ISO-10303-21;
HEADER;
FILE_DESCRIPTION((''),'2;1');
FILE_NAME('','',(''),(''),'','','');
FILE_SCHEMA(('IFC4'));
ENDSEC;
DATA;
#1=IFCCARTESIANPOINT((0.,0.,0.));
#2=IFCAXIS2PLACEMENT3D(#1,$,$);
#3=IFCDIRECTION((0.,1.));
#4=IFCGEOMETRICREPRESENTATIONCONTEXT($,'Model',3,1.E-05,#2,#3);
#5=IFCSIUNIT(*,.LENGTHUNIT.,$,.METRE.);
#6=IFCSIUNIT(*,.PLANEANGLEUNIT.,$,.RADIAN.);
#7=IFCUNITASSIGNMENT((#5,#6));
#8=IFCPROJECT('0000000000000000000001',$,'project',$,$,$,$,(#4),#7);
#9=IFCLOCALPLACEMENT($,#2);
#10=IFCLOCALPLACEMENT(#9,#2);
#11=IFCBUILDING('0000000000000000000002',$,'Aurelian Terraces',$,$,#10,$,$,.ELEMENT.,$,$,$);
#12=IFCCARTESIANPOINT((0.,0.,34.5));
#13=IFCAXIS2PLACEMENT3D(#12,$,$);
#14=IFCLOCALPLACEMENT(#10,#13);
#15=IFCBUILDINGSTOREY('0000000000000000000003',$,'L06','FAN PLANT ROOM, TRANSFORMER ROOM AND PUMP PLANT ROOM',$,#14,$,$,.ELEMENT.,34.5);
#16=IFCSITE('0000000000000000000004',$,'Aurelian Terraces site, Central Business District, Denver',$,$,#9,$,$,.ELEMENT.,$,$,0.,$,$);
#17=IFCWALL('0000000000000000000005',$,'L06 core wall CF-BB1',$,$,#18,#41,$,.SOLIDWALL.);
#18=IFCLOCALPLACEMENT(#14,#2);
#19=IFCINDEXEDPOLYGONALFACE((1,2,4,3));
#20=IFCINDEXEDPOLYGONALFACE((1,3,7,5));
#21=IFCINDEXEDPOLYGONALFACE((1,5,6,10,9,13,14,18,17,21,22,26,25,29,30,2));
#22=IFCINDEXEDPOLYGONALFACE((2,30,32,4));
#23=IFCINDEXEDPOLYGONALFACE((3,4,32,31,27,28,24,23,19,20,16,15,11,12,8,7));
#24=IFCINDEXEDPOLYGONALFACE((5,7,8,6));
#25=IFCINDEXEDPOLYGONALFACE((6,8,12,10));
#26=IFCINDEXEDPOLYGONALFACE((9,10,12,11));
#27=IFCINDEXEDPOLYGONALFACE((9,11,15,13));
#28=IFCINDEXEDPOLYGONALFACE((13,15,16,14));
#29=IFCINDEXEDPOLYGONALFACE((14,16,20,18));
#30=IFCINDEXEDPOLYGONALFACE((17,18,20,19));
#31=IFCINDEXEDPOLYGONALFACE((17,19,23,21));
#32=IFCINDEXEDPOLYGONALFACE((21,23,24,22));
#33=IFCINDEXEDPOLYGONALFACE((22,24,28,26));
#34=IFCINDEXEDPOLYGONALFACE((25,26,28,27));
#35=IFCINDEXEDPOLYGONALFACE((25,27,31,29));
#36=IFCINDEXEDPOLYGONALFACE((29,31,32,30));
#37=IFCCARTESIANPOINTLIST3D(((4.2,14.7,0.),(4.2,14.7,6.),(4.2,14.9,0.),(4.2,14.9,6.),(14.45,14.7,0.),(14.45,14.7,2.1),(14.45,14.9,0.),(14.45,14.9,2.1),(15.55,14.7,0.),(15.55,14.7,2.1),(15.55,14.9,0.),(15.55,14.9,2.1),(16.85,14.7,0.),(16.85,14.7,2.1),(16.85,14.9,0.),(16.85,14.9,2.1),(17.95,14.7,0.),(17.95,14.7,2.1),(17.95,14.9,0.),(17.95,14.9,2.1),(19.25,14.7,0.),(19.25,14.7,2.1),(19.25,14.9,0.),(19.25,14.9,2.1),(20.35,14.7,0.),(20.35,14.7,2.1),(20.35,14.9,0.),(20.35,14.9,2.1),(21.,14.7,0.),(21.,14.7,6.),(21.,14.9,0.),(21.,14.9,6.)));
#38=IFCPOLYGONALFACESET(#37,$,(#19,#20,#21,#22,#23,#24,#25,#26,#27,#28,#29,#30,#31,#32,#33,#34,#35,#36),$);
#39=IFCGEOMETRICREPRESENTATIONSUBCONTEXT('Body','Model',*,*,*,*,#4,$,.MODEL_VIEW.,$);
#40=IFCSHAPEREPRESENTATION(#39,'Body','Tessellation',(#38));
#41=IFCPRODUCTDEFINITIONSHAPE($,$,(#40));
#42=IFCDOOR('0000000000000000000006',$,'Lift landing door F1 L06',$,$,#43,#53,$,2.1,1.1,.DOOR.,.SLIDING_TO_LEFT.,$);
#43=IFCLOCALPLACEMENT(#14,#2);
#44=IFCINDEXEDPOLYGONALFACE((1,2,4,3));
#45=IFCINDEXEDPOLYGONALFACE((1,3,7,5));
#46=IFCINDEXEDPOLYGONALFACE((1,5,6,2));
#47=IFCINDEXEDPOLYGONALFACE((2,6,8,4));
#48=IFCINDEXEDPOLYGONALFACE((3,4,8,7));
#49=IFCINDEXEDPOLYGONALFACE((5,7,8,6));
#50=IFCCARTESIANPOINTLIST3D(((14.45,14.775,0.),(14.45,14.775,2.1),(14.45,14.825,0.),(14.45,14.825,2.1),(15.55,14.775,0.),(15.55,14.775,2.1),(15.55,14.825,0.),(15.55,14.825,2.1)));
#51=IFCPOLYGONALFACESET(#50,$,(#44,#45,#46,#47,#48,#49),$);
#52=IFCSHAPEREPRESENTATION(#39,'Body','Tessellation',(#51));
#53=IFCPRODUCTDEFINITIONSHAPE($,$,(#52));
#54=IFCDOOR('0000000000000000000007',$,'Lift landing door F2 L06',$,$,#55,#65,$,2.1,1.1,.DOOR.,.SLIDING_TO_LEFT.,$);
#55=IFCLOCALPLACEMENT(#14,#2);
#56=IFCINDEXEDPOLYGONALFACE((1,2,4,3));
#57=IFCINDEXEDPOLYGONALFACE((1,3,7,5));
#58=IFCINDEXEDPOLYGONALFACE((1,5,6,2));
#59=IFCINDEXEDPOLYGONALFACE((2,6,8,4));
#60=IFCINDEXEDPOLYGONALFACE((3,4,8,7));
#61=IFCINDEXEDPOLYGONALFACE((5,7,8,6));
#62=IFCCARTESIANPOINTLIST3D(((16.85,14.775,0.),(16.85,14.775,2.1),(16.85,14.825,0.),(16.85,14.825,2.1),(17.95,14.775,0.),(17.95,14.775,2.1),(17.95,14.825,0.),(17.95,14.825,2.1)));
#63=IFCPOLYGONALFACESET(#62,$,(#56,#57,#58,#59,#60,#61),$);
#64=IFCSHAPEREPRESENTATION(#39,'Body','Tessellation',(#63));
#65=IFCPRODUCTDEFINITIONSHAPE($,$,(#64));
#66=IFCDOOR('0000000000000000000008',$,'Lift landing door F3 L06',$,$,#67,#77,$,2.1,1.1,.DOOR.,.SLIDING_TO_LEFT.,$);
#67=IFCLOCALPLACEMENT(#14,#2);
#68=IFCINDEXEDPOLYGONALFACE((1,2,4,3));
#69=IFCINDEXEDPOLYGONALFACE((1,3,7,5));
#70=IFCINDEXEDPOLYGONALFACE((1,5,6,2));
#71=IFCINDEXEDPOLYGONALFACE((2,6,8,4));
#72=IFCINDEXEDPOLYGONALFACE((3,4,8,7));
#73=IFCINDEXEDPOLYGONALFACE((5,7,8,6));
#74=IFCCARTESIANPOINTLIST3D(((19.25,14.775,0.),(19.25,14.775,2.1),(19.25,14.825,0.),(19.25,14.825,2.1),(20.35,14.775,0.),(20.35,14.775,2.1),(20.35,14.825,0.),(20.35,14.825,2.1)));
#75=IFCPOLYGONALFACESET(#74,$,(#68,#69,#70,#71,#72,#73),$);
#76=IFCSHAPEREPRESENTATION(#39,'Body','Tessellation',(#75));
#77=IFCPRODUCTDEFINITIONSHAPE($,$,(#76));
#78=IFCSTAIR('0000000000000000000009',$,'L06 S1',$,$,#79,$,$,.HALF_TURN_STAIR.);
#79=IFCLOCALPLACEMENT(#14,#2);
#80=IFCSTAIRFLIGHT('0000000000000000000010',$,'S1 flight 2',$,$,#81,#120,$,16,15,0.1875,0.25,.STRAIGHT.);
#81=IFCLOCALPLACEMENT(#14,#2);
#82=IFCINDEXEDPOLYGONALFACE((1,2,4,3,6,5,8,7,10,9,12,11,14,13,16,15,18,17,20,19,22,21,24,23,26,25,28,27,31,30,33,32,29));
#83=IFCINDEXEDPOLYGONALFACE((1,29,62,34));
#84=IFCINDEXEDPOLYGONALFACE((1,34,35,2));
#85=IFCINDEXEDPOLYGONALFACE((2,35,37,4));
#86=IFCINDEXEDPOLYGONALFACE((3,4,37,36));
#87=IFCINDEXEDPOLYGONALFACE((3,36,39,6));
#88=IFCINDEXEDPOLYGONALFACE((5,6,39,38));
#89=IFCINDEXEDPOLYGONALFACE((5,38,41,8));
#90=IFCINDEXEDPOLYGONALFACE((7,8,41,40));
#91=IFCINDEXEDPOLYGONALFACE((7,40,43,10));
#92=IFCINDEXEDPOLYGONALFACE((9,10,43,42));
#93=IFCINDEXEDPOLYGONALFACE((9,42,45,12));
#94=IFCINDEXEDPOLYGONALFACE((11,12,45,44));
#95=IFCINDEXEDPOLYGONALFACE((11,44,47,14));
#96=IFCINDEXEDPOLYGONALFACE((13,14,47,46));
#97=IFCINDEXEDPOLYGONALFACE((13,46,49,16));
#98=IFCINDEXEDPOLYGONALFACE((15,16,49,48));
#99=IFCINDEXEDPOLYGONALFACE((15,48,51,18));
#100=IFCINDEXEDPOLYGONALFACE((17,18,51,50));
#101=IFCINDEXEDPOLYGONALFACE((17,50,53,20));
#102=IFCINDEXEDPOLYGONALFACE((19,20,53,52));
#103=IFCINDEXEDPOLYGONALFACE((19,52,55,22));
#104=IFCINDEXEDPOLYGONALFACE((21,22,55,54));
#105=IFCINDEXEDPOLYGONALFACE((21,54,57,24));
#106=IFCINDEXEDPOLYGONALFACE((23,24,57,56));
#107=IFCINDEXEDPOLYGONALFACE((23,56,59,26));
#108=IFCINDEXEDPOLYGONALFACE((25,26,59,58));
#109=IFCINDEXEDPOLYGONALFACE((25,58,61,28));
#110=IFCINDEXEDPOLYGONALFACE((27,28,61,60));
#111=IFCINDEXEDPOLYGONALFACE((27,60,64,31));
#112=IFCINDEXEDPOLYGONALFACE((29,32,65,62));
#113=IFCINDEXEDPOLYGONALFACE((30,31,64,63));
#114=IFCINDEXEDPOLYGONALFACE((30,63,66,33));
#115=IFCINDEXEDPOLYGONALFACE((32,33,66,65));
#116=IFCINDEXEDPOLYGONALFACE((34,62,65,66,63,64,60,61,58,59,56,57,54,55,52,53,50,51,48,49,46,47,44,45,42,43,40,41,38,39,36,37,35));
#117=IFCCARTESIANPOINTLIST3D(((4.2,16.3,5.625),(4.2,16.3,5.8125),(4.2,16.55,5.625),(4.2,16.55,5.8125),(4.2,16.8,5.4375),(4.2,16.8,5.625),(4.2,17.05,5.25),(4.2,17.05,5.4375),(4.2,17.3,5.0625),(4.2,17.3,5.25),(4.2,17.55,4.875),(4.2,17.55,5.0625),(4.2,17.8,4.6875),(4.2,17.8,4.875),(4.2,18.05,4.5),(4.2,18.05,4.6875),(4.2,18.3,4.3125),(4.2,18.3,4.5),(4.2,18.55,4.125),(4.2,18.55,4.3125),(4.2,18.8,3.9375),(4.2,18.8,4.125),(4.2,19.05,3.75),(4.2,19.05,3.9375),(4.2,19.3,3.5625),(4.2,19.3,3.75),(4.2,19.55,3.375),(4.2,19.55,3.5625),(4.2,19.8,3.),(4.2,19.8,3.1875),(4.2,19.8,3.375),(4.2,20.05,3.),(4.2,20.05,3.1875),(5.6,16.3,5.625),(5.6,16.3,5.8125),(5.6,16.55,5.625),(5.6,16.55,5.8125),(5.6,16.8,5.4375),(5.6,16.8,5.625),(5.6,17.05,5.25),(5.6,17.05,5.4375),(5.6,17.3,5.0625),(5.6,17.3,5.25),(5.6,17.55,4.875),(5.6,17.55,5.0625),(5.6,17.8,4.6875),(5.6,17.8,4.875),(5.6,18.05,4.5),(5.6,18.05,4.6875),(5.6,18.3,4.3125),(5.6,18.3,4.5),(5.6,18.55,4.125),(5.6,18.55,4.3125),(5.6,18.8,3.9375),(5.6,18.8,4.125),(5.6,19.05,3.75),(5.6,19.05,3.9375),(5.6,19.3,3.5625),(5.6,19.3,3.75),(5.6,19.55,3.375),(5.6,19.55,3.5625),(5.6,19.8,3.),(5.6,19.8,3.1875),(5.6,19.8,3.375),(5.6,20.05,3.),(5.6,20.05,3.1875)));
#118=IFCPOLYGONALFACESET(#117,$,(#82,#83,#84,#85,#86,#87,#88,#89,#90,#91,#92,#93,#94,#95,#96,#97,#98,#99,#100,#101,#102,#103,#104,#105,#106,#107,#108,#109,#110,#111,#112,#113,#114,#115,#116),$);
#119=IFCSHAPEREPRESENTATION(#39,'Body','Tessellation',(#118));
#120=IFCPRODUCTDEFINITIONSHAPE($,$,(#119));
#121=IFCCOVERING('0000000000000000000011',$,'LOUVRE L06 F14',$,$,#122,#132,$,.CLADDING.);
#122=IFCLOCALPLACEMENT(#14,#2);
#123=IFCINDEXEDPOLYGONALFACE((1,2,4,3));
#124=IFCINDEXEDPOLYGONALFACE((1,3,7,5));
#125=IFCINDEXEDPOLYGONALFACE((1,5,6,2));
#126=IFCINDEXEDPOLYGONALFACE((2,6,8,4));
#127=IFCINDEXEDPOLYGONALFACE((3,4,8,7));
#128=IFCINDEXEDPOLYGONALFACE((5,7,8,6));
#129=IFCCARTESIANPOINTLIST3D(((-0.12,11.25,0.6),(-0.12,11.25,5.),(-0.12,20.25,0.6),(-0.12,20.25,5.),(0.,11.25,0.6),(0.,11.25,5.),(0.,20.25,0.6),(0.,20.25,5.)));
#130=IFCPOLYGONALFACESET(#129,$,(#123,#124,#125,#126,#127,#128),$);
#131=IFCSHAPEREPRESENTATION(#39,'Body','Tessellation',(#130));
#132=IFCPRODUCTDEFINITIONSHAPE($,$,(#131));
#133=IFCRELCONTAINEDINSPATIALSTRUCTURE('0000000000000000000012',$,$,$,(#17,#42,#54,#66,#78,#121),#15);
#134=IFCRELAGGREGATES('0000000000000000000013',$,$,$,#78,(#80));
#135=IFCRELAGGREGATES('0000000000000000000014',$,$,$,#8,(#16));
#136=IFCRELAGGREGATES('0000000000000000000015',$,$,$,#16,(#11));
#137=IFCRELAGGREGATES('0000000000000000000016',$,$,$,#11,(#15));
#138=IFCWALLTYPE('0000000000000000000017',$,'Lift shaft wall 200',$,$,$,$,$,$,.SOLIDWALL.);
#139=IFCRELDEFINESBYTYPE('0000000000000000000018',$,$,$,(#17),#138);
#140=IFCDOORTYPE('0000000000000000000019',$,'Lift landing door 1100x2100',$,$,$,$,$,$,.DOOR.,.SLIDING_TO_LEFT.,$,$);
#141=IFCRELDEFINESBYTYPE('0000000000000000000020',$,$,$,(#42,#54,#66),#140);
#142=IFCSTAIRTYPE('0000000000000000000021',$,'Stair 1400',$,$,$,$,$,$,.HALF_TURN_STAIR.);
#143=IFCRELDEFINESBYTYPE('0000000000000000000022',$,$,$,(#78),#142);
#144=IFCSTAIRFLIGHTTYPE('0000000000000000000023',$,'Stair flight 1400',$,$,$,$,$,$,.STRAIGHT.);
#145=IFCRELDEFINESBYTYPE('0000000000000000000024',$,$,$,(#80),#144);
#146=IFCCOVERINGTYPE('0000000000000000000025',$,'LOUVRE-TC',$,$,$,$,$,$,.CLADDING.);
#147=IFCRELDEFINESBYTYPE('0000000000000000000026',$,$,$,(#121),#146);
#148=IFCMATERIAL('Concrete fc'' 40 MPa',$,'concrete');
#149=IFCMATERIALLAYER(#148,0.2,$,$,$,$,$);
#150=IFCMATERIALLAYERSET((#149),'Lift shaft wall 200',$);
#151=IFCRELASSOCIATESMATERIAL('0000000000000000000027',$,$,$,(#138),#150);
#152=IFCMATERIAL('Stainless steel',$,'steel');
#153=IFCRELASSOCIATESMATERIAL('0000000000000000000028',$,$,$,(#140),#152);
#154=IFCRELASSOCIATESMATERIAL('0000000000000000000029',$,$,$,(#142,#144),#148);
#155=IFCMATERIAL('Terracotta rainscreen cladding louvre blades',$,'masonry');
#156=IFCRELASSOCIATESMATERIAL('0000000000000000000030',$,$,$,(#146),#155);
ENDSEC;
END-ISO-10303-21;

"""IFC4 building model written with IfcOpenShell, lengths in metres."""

from ifc_helpers import new_model, si_unit, direction, frame, frame_2d, origin, origin_2d, place, context, subcontext, project, spatial, polyline, rectangle, outline, extrude, source, transform, mapped, material, layer, layer_set, type_object, element, fill, aggregate, save


model = new_model("IFC4")

# Units and contexts
model_context = context("Model", 3, precision=1e-05, world=origin(), true_north=direction((0.0, 1.0)))
body_context = subcontext(model_context, "Body", "Model", "MODEL_VIEW")
ifc_project = project(units=[si_unit("LENGTHUNIT", "METRE"), si_unit("PLANEANGLEUNIT", "RADIAN")], contexts=[model_context])

# Site, building, storey
site_placement = place(None, origin())
site = spatial("IfcSite", under=ifc_project, at=site_placement, Name="Aurelian Terraces site, Central Business District, Denver", CompositionType="ELEMENT", RefElevation=0.0)
building_placement = place(site_placement, origin())
building = spatial("IfcBuilding", under=site, at=building_placement, Name="Aurelian Terraces", CompositionType="ELEMENT")
storey_placement = place(building_placement, frame((0.0, 0.0, 34.5)))
storey = spatial("IfcBuildingStorey", under=building, at=storey_placement, Name="L06", Description="FAN PLANT ROOM, TRANSFORMER ROOM AND PUMP PLANT ROOM", CompositionType="ELEMENT", Elevation=34.5)

# Wall, openings, doors
ifc_material_1 = material(Name="Concrete fc' 40 MPa", Category="concrete")
ifc_layer_1 = layer(ifc_material_1, 0.2)
ifc_layer_set_1 = layer_set([ifc_layer_1], Name="Lift shaft wall 200")
wall_type_1 = type_object("IfcWallType", Name="Lift shaft wall 200", PredefinedType="SOLIDWALL", material=ifc_layer_set_1)
shared_shape_1 = source(origin(), body_context, "Body", "SweptSolid", [
    extrude(rectangle(XDim=16.8, YDim=0.2, at=frame_2d((8.4, 0.0))), origin(), (0.0, 0.0, 1.0), 6.0),
])
shared_shape_2 = source(origin(), body_context, "Body", "SweptSolid", [
    extrude(rectangle(XDim=1.1, YDim=2.1, at=frame_2d((0.55, 1.05))), frame((0.0, 0.11, 0.0), z_axis=(0.0, -1.0, 0.0), x_axis=(1.0, 0.0, 0.0)), (0.0, 0.0, 1.0), 0.22),
])
ifc_material_2 = material(Name="Stainless steel", Category="steel")
door_type_1 = type_object("IfcDoorType", Name="Lift landing door 1100x2100", OperationType="SLIDING_TO_LEFT", PredefinedType="DOOR", material=ifc_material_2)
shared_shape_3 = source(origin(), body_context, "Body", "SweptSolid", [
    extrude(rectangle(XDim=1.1, YDim=2.1, at=frame_2d((0.55, 1.05))), frame((0.0, 0.025, 0.0), z_axis=(0.0, -1.0, 0.0), x_axis=(1.0, 0.0, 0.0)), (0.0, 0.0, 1.0), 0.05),
])
wall_1_placement = place(storey_placement, frame((4.2, 14.8, 0.0), z_axis=(0.0, 0.0, 1.0), x_axis=(1.0, 0.0, 0.0)))
wall_1 = element("IfcWall", 1, at=wall_1_placement, inside=storey, type_object=wall_type_1, Name="L06 core wall CF-BB1", PredefinedType="SOLIDWALL", context=body_context, shape_type="MappedRepresentation", body=[
    mapped(shared_shape_1, transform((0.0, 0.0, 0.0), scale=1.0)),
])
opening_1_placement = place(wall_1_placement, frame((10.25, 0.0, 0.0)))
opening_1 = element("IfcOpeningElement", 2, at=opening_1_placement, cuts=wall_1, PredefinedType="OPENING", context=body_context, shape_type="MappedRepresentation", body=[
    mapped(shared_shape_2, transform((0.0, 0.0, 0.0), scale=1.0)),
])
opening_2_placement = place(wall_1_placement, frame((12.65, 0.0, 0.0)))
opening_2 = element("IfcOpeningElement", 3, at=opening_2_placement, cuts=wall_1, PredefinedType="OPENING", context=body_context, shape_type="MappedRepresentation", body=[
    mapped(shared_shape_2, transform((0.0, 0.0, 0.0), scale=1.0)),
])
opening_3_placement = place(wall_1_placement, frame((15.05, 0.0, 0.0)))
opening_3 = element("IfcOpeningElement", 4, at=opening_3_placement, cuts=wall_1, PredefinedType="OPENING", context=body_context, shape_type="MappedRepresentation", body=[
    mapped(shared_shape_2, transform((0.0, 0.0, 0.0), scale=1.0)),
])
door_1_placement = place(opening_1_placement, origin())
door_1 = element("IfcDoor", 5, at=door_1_placement, inside=storey, type_object=door_type_1, Name="Lift landing door F1 L06", OperationType="SLIDING_TO_LEFT", OverallHeight=2.1, OverallWidth=1.1, PredefinedType="DOOR", context=body_context, shape_type="MappedRepresentation", body=[
    mapped(shared_shape_3, transform((0.0, 0.0, 0.0), scale=1.0)),
])
fill(opening_1, door_1)
door_2_placement = place(opening_2_placement, origin())
door_2 = element("IfcDoor", 6, at=door_2_placement, inside=storey, type_object=door_type_1, Name="Lift landing door F2 L06", OperationType="SLIDING_TO_LEFT", OverallHeight=2.1, OverallWidth=1.1, PredefinedType="DOOR", context=body_context, shape_type="MappedRepresentation", body=[
    mapped(shared_shape_3, transform((0.0, 0.0, 0.0), scale=1.0)),
])
fill(opening_2, door_2)
door_3_placement = place(opening_3_placement, origin())
door_3 = element("IfcDoor", 7, at=door_3_placement, inside=storey, type_object=door_type_1, Name="Lift landing door F3 L06", OperationType="SLIDING_TO_LEFT", OverallHeight=2.1, OverallWidth=1.1, PredefinedType="DOOR", context=body_context, shape_type="MappedRepresentation", body=[
    mapped(shared_shape_3, transform((0.0, 0.0, 0.0), scale=1.0)),
])
fill(opening_3, door_3)

# Stair, stair flight
stair_type = type_object("IfcStairType", Name="Stair 1400", PredefinedType="HALF_TURN_STAIR", material=ifc_material_1)
stair_placement = place(storey_placement, origin())
stair = element("IfcStair", 8, at=stair_placement, inside=storey, type_object=stair_type, Name="L06 S1", PredefinedType="HALF_TURN_STAIR")
stair_flight_type = type_object("IfcStairFlightType", Name="Stair flight 1400", PredefinedType="STRAIGHT", material=ifc_material_1)
shared_shape_4 = source(origin(), body_context, "Body", "SweptSolid", [
    extrude(outline(polyline([(0.0, 0.0), (0.0, 0.1875), (0.25, 0.1875), (0.25, 0.375), (0.5, 0.375), (0.5, 0.5625), (0.75, 0.5625), (0.75, 0.75), (1.0, 0.75), (1.0, 0.9375), (1.25, 0.9375), (1.25, 1.125), (1.5, 1.125), (1.5, 1.3125), (1.75, 1.3125), (1.75, 1.5), (2.0, 1.5), (2.0, 1.6875), (2.25, 1.6875), (2.25, 1.875), (2.5, 1.875), (2.5, 2.0625), (2.75, 2.0625), (2.75, 2.25), (3.0, 2.25), (3.0, 2.4375), (3.25, 2.4375), (3.25, 2.625), (3.5, 2.625), (3.5, 2.8125), (3.75, 2.8125), (3.75, 3.0), (3.75, 2.625), (0.25, 0.0), (0.0, 0.0)])), frame((0.0, 0.7, 0.0), z_axis=(0.0, -1.0, 0.0), x_axis=(1.0, 0.0, 0.0)), (0.0, 0.0, 1.0), 1.4),
])
stair_flight_placement = place(storey_placement, frame((4.9, 20.05, 3.0), z_axis=(0.0, 0.0, 1.0), x_axis=(0.0, -1.0, 0.0)))
stair_flight = element("IfcStairFlight", 9, at=stair_flight_placement, type_object=stair_flight_type, Name="S1 flight 2", NumberOfRisers=16, NumberOfTreads=15, PredefinedType="STRAIGHT", RiserHeight=0.1875, TreadLength=0.25, context=body_context, shape_type="MappedRepresentation", body=[
    mapped(shared_shape_4, transform((0.0, 0.0, 0.0), scale=1.0)),
])
aggregate(stair, [stair_flight])

# Covering
ifc_material_3 = material(Name="Terracotta rainscreen cladding louvre blades", Category="masonry")
covering_type = type_object("IfcCoveringType", Name="LOUVRE-TC", PredefinedType="CLADDING", material=ifc_material_3)
covering_placement = place(storey_placement, frame((-0.06, 15.75, 0.6), z_axis=(0.0, 0.0, 1.0), x_axis=(1.0, 0.0, 0.0)))
element("IfcCovering", 10, at=covering_placement, inside=storey, type_object=covering_type, Name="LOUVRE L06 F14", PredefinedType="CLADDING", context=body_context, shape_type="SweptSolid", body=[
    extrude(rectangle(XDim=0.12, YDim=9.0, at=origin_2d()), origin(), (0.0, 0.0, 1.0), 4.4),
])

save(model, "model.ifc")
